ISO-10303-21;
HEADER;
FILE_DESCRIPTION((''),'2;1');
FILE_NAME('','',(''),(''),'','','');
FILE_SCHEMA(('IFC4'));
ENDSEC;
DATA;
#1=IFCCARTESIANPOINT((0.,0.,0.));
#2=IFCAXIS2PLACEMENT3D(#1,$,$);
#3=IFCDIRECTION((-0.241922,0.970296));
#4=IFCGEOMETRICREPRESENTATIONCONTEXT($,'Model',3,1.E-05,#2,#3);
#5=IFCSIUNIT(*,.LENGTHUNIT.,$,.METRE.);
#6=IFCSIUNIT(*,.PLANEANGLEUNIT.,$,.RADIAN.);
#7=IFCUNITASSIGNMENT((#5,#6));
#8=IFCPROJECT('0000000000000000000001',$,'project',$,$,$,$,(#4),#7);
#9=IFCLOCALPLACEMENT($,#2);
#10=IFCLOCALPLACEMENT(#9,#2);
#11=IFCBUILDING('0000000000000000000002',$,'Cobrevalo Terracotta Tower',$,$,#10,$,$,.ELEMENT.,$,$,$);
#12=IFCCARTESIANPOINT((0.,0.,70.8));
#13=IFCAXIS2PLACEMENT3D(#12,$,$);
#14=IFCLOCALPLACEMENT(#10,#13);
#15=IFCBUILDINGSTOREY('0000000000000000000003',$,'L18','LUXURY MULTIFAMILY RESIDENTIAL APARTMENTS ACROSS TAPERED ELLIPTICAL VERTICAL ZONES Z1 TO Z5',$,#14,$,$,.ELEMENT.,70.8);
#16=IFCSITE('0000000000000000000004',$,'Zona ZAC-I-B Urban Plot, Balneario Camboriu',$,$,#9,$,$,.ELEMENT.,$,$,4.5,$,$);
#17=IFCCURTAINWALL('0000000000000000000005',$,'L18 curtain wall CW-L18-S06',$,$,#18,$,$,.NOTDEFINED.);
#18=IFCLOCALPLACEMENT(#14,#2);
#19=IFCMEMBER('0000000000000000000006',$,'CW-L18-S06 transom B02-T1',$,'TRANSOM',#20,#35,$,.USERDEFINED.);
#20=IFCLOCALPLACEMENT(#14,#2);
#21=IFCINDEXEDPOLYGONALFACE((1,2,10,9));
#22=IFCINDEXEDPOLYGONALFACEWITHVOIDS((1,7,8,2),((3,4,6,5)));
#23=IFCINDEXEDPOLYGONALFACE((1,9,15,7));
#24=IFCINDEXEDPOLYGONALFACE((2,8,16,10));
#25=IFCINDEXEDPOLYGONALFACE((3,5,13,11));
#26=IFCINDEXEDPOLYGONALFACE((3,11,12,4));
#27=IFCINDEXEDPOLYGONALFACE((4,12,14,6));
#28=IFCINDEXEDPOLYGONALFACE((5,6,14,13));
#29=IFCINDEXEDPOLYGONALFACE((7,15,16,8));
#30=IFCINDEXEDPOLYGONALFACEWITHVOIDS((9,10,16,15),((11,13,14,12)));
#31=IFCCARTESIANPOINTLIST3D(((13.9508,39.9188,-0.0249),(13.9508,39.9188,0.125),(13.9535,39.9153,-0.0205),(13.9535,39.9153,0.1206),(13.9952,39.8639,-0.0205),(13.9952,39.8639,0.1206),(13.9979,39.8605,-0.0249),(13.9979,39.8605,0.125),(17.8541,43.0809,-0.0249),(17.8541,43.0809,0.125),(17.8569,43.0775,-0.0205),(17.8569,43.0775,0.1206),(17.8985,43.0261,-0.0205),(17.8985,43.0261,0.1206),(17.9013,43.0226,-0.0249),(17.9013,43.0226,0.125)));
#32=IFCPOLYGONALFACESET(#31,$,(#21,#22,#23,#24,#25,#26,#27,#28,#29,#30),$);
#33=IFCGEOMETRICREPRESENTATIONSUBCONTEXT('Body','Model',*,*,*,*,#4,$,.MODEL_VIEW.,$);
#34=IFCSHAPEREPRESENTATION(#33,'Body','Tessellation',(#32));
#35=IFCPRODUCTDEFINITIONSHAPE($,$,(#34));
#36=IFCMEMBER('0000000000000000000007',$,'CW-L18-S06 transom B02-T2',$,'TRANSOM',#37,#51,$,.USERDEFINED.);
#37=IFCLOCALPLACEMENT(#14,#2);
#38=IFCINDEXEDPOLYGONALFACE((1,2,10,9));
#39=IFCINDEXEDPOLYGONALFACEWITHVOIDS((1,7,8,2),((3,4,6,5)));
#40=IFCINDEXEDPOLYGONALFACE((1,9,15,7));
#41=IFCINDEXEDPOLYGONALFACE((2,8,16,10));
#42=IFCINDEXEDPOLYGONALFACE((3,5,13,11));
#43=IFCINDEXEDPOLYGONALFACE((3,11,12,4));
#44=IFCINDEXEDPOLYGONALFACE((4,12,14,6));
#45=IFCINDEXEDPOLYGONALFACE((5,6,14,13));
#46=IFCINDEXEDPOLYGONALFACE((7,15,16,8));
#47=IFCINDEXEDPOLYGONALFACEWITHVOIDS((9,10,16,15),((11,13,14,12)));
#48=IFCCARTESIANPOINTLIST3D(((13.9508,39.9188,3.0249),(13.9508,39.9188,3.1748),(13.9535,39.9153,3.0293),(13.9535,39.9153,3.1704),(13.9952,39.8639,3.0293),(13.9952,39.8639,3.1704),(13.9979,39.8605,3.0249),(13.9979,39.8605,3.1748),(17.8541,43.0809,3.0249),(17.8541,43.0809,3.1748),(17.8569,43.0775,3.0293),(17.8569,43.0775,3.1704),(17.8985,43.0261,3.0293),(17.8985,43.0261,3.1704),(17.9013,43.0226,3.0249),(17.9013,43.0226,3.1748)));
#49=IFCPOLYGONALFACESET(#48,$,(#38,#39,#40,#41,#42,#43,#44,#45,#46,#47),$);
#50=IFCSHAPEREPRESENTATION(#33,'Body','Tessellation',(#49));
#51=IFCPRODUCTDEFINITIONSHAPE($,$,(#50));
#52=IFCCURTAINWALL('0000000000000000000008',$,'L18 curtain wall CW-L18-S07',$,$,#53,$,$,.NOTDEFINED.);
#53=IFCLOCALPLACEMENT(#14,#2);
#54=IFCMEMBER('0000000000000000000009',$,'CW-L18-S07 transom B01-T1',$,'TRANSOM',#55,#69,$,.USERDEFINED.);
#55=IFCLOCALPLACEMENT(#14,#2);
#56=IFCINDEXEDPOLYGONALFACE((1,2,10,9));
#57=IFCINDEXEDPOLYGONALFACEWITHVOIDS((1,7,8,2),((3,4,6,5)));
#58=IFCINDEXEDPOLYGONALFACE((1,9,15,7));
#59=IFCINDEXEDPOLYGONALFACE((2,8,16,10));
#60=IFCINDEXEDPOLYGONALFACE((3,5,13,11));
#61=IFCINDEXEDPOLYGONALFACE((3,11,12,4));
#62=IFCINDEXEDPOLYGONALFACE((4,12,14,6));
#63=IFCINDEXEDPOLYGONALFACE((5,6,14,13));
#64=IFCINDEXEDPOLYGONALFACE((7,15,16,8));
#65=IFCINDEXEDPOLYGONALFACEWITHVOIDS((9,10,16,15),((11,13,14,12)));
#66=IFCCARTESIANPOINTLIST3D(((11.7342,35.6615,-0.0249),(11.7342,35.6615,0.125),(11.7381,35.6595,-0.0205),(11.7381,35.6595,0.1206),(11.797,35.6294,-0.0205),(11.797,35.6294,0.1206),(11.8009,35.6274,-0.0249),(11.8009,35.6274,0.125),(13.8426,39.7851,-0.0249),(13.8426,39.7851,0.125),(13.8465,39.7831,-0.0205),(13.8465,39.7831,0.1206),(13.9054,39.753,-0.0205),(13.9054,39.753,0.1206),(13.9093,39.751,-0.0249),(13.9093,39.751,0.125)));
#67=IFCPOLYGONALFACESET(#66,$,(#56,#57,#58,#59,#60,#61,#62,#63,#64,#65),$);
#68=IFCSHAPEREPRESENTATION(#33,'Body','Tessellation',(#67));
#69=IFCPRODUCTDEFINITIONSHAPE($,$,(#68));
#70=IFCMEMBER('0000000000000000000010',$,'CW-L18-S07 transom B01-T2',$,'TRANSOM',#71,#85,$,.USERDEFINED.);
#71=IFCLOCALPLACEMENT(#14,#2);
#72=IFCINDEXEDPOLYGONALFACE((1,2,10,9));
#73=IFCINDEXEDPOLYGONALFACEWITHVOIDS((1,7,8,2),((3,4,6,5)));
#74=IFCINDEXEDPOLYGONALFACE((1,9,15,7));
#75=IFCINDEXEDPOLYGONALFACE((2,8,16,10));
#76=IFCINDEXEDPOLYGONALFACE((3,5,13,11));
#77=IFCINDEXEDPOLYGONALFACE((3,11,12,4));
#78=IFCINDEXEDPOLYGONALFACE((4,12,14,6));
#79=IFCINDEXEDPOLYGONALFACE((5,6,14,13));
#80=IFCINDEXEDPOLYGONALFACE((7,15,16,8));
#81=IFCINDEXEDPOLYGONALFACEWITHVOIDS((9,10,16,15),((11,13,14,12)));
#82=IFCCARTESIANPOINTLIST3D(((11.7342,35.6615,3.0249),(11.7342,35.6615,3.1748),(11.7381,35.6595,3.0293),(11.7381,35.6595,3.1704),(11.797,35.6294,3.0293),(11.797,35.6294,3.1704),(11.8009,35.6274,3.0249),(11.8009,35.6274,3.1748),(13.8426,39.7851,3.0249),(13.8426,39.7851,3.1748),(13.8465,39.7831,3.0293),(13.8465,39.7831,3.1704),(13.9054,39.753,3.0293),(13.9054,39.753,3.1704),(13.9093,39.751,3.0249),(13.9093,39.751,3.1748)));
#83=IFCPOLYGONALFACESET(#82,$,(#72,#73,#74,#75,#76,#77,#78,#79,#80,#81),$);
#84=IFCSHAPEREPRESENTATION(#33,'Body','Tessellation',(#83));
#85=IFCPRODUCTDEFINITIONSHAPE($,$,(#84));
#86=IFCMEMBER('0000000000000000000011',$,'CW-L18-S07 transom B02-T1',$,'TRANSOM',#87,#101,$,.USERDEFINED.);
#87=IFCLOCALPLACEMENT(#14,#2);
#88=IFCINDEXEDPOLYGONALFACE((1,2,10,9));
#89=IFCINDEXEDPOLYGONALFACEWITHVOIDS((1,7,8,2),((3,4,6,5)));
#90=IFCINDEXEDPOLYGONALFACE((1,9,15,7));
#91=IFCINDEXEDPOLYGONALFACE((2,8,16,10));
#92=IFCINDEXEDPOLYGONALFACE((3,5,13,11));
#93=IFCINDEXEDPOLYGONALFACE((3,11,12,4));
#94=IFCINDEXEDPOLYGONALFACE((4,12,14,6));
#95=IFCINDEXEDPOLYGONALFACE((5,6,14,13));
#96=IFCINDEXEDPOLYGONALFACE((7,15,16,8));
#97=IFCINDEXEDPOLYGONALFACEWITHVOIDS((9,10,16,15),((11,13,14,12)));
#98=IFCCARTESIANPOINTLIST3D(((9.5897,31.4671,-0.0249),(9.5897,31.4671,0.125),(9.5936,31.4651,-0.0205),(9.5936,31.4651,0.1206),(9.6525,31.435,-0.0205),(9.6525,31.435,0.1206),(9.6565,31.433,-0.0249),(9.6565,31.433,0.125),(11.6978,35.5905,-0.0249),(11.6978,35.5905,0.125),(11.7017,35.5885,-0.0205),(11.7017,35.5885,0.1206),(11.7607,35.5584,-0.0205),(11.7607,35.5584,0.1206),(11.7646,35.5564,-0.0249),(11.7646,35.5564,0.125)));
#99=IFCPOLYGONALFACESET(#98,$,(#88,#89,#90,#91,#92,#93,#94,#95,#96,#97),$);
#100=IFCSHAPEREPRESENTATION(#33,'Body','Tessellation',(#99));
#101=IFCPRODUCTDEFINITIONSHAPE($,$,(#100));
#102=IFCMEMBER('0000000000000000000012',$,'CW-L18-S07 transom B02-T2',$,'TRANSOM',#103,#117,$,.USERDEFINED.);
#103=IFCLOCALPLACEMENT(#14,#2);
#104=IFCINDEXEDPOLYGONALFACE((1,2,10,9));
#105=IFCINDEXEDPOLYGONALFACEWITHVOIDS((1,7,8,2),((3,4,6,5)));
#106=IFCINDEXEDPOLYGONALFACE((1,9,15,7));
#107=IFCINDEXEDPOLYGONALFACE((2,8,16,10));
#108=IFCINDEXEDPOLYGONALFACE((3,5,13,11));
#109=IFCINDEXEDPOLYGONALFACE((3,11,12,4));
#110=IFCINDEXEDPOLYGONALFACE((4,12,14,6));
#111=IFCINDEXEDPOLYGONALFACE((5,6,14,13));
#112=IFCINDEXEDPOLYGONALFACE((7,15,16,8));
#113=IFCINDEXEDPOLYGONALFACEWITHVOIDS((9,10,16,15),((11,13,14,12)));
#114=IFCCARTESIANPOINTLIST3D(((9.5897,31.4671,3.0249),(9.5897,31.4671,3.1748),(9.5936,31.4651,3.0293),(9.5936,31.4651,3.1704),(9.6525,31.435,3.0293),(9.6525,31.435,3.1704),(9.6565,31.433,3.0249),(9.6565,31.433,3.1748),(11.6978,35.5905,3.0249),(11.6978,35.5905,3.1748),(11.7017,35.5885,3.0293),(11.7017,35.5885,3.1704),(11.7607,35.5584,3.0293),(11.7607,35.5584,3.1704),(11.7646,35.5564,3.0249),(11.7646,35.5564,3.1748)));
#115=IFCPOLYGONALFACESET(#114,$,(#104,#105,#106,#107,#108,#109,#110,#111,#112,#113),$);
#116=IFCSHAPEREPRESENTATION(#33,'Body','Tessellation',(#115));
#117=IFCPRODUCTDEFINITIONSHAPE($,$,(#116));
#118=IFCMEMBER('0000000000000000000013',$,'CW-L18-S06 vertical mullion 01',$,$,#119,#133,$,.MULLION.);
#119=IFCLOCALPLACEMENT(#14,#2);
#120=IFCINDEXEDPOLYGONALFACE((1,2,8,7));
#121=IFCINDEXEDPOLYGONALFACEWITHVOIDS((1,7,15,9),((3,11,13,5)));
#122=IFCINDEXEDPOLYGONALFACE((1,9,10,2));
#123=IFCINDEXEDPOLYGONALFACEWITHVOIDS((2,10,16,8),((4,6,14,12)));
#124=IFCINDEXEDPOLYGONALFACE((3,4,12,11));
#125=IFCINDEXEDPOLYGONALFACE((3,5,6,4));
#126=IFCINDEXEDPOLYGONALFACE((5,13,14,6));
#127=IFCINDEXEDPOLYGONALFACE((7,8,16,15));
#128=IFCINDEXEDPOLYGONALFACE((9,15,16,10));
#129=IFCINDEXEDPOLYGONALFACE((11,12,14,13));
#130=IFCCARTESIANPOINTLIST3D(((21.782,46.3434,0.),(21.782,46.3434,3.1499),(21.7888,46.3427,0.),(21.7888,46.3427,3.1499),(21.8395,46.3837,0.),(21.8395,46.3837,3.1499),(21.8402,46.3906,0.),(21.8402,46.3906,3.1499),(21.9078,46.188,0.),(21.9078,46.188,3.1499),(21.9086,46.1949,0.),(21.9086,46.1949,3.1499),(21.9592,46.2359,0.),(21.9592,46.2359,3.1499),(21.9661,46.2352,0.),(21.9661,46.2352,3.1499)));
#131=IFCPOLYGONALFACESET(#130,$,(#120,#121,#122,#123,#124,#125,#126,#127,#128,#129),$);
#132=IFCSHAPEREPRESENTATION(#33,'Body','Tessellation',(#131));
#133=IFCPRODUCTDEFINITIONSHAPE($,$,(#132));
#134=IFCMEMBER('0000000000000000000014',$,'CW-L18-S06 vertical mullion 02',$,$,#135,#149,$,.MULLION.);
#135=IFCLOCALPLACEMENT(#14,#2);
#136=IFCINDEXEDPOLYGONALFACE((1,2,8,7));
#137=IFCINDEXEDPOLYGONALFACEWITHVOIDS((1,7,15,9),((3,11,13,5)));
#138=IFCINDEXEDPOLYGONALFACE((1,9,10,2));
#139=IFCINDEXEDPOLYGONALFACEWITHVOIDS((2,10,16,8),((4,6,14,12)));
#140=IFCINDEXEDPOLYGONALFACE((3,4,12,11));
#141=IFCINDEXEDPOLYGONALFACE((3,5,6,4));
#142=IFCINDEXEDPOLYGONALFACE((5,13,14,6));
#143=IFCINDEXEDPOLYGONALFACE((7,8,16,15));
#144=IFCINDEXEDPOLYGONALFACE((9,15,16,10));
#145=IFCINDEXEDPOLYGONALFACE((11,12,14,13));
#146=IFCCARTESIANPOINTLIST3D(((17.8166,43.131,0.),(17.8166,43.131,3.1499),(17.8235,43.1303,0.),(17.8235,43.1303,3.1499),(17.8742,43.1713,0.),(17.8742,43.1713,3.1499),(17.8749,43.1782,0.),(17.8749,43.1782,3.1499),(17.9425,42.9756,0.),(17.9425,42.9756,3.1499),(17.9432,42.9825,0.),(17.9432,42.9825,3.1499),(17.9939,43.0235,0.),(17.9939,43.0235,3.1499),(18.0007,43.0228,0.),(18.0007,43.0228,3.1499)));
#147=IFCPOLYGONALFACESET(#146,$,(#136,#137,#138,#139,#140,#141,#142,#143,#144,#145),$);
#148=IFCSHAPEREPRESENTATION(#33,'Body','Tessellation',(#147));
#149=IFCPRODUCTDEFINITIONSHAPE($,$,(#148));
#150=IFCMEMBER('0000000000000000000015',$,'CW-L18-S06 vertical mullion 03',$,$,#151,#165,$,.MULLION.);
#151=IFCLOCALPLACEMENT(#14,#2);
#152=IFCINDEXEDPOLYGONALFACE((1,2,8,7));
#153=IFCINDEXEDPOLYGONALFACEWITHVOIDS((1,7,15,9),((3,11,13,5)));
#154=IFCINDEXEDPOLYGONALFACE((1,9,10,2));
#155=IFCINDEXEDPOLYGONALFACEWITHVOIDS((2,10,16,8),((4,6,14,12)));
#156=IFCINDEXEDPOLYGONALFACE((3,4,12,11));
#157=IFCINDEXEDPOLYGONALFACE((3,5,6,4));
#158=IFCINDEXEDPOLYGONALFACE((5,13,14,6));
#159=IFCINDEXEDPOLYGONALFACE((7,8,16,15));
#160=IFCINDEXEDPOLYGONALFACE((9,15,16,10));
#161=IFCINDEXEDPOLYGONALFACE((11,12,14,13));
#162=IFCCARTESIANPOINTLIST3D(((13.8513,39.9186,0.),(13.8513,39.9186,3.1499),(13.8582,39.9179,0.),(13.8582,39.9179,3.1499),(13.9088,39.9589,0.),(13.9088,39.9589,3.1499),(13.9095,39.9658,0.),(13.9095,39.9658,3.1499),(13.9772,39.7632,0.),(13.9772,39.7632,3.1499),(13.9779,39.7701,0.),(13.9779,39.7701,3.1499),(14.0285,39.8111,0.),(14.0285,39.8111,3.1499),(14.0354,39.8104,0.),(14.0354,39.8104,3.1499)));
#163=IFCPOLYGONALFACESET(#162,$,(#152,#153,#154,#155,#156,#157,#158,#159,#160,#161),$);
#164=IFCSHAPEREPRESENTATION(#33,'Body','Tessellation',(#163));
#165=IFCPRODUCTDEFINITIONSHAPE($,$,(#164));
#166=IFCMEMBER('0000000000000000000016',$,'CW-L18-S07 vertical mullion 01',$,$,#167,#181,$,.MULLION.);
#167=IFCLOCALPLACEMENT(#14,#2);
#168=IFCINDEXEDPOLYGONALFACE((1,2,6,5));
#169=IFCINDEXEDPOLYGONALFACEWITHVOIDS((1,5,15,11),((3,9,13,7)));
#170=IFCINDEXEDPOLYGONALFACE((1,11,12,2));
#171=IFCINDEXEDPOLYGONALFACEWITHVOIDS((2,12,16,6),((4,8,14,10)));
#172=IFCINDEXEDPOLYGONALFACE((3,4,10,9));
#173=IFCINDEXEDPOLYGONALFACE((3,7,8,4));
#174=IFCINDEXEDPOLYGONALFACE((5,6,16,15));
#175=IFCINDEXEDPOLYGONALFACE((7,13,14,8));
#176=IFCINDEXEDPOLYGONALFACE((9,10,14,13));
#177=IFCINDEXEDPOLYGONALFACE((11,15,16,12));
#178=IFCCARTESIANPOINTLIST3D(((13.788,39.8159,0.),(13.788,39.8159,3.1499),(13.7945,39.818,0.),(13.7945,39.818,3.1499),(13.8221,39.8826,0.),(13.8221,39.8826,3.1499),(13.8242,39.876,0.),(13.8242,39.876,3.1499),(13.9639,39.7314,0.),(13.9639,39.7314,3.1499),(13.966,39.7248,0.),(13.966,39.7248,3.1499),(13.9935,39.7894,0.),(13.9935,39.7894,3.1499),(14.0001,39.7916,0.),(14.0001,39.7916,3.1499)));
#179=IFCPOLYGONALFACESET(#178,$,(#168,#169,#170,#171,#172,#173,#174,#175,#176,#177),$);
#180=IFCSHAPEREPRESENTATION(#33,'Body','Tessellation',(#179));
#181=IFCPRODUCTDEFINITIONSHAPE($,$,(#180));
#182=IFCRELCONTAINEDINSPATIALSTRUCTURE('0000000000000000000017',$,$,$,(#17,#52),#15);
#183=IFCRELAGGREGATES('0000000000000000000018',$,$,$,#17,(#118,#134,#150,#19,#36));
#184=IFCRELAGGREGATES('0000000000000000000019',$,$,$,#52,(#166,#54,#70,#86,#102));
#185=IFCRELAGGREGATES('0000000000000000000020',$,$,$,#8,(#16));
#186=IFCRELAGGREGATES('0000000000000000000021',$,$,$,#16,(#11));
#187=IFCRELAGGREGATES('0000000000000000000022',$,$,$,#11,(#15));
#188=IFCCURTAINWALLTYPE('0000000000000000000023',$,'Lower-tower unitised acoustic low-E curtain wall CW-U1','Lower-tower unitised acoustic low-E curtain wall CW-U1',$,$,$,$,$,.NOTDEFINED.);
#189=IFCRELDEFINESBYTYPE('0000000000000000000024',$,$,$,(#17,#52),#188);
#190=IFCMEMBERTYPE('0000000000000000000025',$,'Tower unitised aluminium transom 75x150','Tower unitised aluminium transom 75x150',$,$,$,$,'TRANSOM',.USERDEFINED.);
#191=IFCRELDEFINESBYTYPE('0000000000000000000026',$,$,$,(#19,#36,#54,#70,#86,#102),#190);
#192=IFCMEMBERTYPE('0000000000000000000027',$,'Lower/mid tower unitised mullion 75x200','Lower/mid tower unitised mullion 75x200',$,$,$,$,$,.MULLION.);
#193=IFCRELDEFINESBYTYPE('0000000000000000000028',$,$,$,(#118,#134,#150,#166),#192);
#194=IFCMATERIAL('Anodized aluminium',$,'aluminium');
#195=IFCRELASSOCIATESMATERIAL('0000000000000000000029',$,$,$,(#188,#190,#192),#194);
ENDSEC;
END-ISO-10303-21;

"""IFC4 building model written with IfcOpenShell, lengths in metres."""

from ifc_helpers import new_model, si_unit, direction, frame, origin, origin_2d, place, context, subcontext, project, spatial, hollow_rectangle, extrude, source, transform, mapped, material, material_profile, profile_set, type_object, element, aggregate, save


model = new_model("IFC4")

# Units and contexts
model_context = context("Model", 3, precision=1e-05, world=origin(), true_north=direction((-0.241922, 0.970296)))
body_context = subcontext(model_context, "Body", "Model", "MODEL_VIEW")
ifc_project = project(units=[si_unit("LENGTHUNIT", "METRE"), si_unit("PLANEANGLEUNIT", "RADIAN")], contexts=[model_context])

# Site, building, storey
site_placement = place(None, origin())
site = spatial("IfcSite", under=ifc_project, at=site_placement, Name="Zona ZAC-I-B Urban Plot, Balneario Camboriu", CompositionType="ELEMENT", RefElevation=4.5)
building_placement = place(site_placement, origin())
building = spatial("IfcBuilding", under=site, at=building_placement, Name="Cobrevalo Terracotta Tower", CompositionType="ELEMENT")
storey_placement = place(building_placement, frame((0.0, 0.0, 70.8)))
storey = spatial("IfcBuildingStorey", under=building, at=storey_placement, Name="L18", Description="LUXURY MULTIFAMILY RESIDENTIAL APARTMENTS ACROSS TAPERED ELLIPTICAL VERTICAL ZONES Z1 TO Z5", CompositionType="ELEMENT", Elevation=70.8)

# Curtain walls, members
ifc_material_1 = material(Name="Anodized aluminium", Category="aluminium")
curtain_wall_type = type_object("IfcCurtainWallType", Name="Lower-tower unitised acoustic low-E curtain wall CW-U1", Description="Lower-tower unitised acoustic low-E curtain wall CW-U1", PredefinedType="NOTDEFINED", material=ifc_material_1)
curtain_wall_1_placement = place(storey_placement, origin())
curtain_wall_1 = element("IfcCurtainWall", 1, at=curtain_wall_1_placement, inside=storey, type_object=curtain_wall_type, Name="L18 curtain wall CW-L18-S06", PredefinedType="NOTDEFINED")
ifc_material_profile_1 = material_profile(ifc_material_1, hollow_rectangle(XDim=0.075, YDim=0.1499, WallThickness=0.0044, at=origin_2d()), Name="CWT 75x150")
ifc_profile_set_1 = profile_set([ifc_material_profile_1], Name="Anodized aluminium")
member_type_1 = type_object("IfcMemberType", Name="Tower unitised aluminium transom 75x150", Description="Tower unitised aluminium transom 75x150", ElementType="TRANSOM", PredefinedType="USERDEFINED", material=ifc_profile_set_1)
shared_shape_1 = source(origin(), body_context, "Body", "SweptSolid", [
    extrude(hollow_rectangle(XDim=0.075, YDim=0.1499, WallThickness=0.0044, at=origin_2d()), origin(), (0.0, 0.0, 1.0), 5.0234),
])
member_1_placement = place(storey_placement, frame((17.8777, 43.0518, 0.05), z_axis=(-0.777023, -0.629472, 0.0), x_axis=(0.629472, -0.777023, 0.0)))
member_1 = element("IfcMember", 2, at=member_1_placement, type_object=member_type_1, Name="CW-L18-S06 transom B02-T1", ObjectType="TRANSOM", PredefinedType="USERDEFINED", context=body_context, shape_type="MappedRepresentation", body=[
    mapped(shared_shape_1, transform((0.0, 0.0, 0.0), scale=1.0)),
])
member_2_placement = place(storey_placement, frame((17.8777, 43.0518, 3.0999), z_axis=(-0.777023, -0.629472, 0.0), x_axis=(0.629472, -0.777023, 0.0)))
member_2 = element("IfcMember", 3, at=member_2_placement, type_object=member_type_1, Name="CW-L18-S06 transom B02-T2", ObjectType="TRANSOM", PredefinedType="USERDEFINED", context=body_context, shape_type="MappedRepresentation", body=[
    mapped(shared_shape_1, transform((0.0, 0.0, 0.0), scale=1.0)),
])
curtain_wall_2_placement = place(storey_placement, origin())
curtain_wall_2 = element("IfcCurtainWall", 4, at=curtain_wall_2_placement, inside=storey, type_object=curtain_wall_type, Name="L18 curtain wall CW-L18-S07", PredefinedType="NOTDEFINED")
shared_shape_2 = source(origin(), body_context, "Body", "SweptSolid", [
    extrude(hollow_rectangle(XDim=0.075, YDim=0.1499, WallThickness=0.0044, at=origin_2d()), origin(), (0.0, 0.0, 1.0), 4.6313),
])
member_3_placement = place(storey_placement, frame((13.876, 39.7681, 0.05), z_axis=(-0.45525, -0.890363, 0.0), x_axis=(0.890363, -0.45525, 0.0)))
member_3 = element("IfcMember", 5, at=member_3_placement, type_object=member_type_1, Name="CW-L18-S07 transom B01-T1", ObjectType="TRANSOM", PredefinedType="USERDEFINED", context=body_context, shape_type="MappedRepresentation", body=[
    mapped(shared_shape_2, transform((0.0, 0.0, 0.0), scale=1.0)),
])
member_4_placement = place(storey_placement, frame((13.876, 39.7681, 3.0999), z_axis=(-0.45525, -0.890363, 0.0), x_axis=(0.890363, -0.45525, 0.0)))
member_4 = element("IfcMember", 6, at=member_4_placement, type_object=member_type_1, Name="CW-L18-S07 transom B01-T2", ObjectType="TRANSOM", PredefinedType="USERDEFINED", context=body_context, shape_type="MappedRepresentation", body=[
    mapped(shared_shape_2, transform((0.0, 0.0, 0.0), scale=1.0)),
])
shared_shape_3 = source(origin(), body_context, "Body", "SweptSolid", [
    extrude(hollow_rectangle(XDim=0.075, YDim=0.1499, WallThickness=0.0044, at=origin_2d()), origin(), (0.0, 0.0, 1.0), 4.6311),
])
member_5_placement = place(storey_placement, frame((11.7312, 35.5735, 0.05), z_axis=(-0.455209, -0.890385, 0.0), x_axis=(0.890385, -0.455209, 0.0)))
member_5 = element("IfcMember", 7, at=member_5_placement, type_object=member_type_1, Name="CW-L18-S07 transom B02-T1", ObjectType="TRANSOM", PredefinedType="USERDEFINED", context=body_context, shape_type="MappedRepresentation", body=[
    mapped(shared_shape_3, transform((0.0, 0.0, 0.0), scale=1.0)),
])
member_6_placement = place(storey_placement, frame((11.7312, 35.5735, 3.0999), z_axis=(-0.455209, -0.890385, 0.0), x_axis=(0.890385, -0.455209, 0.0)))
member_6 = element("IfcMember", 8, at=member_6_placement, type_object=member_type_1, Name="CW-L18-S07 transom B02-T2", ObjectType="TRANSOM", PredefinedType="USERDEFINED", context=body_context, shape_type="MappedRepresentation", body=[
    mapped(shared_shape_3, transform((0.0, 0.0, 0.0), scale=1.0)),
])

# Members
ifc_material_profile_2 = material_profile(ifc_material_1, hollow_rectangle(XDim=0.075, YDim=0.2, WallThickness=0.0049, at=origin_2d()), Name="CWM 75x200")
ifc_profile_set_2 = profile_set([ifc_material_profile_2], Name="Anodized aluminium")
member_type_2 = type_object("IfcMemberType", Name="Lower/mid tower unitised mullion 75x200", Description="Lower/mid tower unitised mullion 75x200", PredefinedType="MULLION", material=ifc_profile_set_2)
shared_shape_4 = source(origin(), body_context, "Body", "SweptSolid", [
    extrude(hollow_rectangle(XDim=0.075, YDim=0.2, WallThickness=0.0049, at=origin_2d()), origin(), (0.0, 0.0, 1.0), 3.1499),
])
member_7_placement = place(storey_placement, frame((21.874, 46.2893, 0.0), z_axis=(0.0, 0.0, 1.0), x_axis=(-0.777003, -0.629497, 0.0)))
member_7 = element("IfcMember", 9, at=member_7_placement, type_object=member_type_2, Name="CW-L18-S06 vertical mullion 01", PredefinedType="MULLION", context=body_context, shape_type="MappedRepresentation", body=[
    mapped(shared_shape_4, transform((0.0, 0.0, 0.0), scale=1.0)),
])
member_8_placement = place(storey_placement, frame((17.9087, 43.0769, 0.0), z_axis=(0.0, 0.0, 1.0), x_axis=(-0.777003, -0.629497, 0.0)))
member_8 = element("IfcMember", 10, at=member_8_placement, type_object=member_type_2, Name="CW-L18-S06 vertical mullion 02", PredefinedType="MULLION", context=body_context, shape_type="MappedRepresentation", body=[
    mapped(shared_shape_4, transform((0.0, 0.0, 0.0), scale=1.0)),
])
member_9_placement = place(storey_placement, frame((13.9434, 39.8645, 0.0), z_axis=(0.0, 0.0, 1.0), x_axis=(-0.777003, -0.629497, 0.0)))
member_9 = element("IfcMember", 11, at=member_9_placement, type_object=member_type_2, Name="CW-L18-S06 vertical mullion 03", PredefinedType="MULLION", context=body_context, shape_type="MappedRepresentation", body=[
    mapped(shared_shape_4, transform((0.0, 0.0, 0.0), scale=1.0)),
])
member_10_placement = place(storey_placement, frame((13.894, 39.8037, 0.0), z_axis=(0.0, 0.0, 1.0), x_axis=(-0.455234, -0.890372, 0.0)))
member_10 = element("IfcMember", 12, at=member_10_placement, type_object=member_type_2, Name="CW-L18-S07 vertical mullion 01", PredefinedType="MULLION", context=body_context, shape_type="MappedRepresentation", body=[
    mapped(shared_shape_4, transform((0.0, 0.0, 0.0), scale=1.0)),
])

aggregate(curtain_wall_1, [member_7, member_8, member_9, member_1, member_2])
aggregate(curtain_wall_2, [member_10, member_3, member_4, member_5, member_6])

save(model, "model.ifc")
